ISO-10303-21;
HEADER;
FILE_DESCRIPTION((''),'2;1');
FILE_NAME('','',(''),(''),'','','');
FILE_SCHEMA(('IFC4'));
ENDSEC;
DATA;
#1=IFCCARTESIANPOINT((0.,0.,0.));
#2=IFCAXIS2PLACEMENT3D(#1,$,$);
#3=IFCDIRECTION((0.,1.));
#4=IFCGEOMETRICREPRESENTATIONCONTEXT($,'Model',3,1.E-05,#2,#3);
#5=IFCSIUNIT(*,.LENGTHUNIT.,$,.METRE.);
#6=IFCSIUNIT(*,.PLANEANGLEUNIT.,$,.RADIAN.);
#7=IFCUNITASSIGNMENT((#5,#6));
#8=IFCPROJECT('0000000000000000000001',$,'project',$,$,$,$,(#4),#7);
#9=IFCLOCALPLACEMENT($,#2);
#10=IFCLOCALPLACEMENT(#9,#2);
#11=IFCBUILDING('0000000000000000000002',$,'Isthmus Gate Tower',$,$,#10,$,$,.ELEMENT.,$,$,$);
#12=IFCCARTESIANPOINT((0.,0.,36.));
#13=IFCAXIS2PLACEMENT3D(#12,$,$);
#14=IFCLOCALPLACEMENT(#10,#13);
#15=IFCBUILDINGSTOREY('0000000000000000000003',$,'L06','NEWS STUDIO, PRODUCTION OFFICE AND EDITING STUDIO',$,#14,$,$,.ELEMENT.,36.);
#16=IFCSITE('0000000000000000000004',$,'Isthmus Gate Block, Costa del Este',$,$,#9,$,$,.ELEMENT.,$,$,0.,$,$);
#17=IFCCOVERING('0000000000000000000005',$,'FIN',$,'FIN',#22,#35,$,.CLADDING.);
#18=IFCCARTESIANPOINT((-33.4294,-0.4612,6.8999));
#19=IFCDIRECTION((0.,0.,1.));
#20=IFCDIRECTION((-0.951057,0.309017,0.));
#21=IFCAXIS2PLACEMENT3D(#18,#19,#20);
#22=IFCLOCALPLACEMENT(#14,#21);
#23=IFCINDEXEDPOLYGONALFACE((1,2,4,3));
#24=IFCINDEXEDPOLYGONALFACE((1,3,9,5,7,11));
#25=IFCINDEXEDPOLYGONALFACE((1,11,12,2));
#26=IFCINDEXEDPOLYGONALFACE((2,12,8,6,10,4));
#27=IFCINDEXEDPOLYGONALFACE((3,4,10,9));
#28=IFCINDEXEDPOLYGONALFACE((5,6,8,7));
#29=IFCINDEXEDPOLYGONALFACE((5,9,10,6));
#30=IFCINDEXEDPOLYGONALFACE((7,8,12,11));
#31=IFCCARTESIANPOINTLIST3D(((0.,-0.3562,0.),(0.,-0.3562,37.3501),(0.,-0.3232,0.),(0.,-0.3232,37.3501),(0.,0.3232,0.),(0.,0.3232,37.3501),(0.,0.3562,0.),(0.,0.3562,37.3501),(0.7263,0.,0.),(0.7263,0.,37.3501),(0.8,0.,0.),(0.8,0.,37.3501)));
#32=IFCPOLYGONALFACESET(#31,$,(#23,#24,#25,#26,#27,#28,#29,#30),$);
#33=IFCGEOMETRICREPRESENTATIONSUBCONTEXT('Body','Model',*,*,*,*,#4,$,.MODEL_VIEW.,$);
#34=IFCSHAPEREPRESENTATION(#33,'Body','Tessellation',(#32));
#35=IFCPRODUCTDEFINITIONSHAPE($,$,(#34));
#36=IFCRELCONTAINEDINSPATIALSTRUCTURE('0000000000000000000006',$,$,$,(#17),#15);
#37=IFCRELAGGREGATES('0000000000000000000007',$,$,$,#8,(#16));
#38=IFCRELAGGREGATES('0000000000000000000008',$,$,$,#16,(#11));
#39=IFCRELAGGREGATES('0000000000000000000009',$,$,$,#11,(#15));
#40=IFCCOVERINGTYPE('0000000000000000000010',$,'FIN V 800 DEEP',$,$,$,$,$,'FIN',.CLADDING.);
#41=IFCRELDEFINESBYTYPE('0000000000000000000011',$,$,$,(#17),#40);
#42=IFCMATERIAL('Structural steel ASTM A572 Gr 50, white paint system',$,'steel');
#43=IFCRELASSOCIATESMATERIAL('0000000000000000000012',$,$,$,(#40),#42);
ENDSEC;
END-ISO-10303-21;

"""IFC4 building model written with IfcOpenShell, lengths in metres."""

from ifc_helpers import new_model, si_unit, direction, frame, origin, place, context, subcontext, project, spatial, polyline, outline, extrude, material, material_profile, profile_set, type_object, element, save


model = new_model("IFC4")

# Units and contexts
model_context = context("Model", 3, precision=1e-05, world=origin(), true_north=direction((0.0, 1.0)))
body_context = subcontext(model_context, "Body", "Model", "MODEL_VIEW")
ifc_project = project(units=[si_unit("LENGTHUNIT", "METRE"), si_unit("PLANEANGLEUNIT", "RADIAN")], contexts=[model_context])

# Site, building, storey
site_placement = place(None, origin())
site = spatial("IfcSite", under=ifc_project, at=site_placement, Name="Isthmus Gate Block, Costa del Este", CompositionType="ELEMENT", RefElevation=0.0)
building_placement = place(site_placement, origin())
building = spatial("IfcBuilding", under=site, at=building_placement, Name="Isthmus Gate Tower", CompositionType="ELEMENT")
storey_placement = place(building_placement, frame((0.0, 0.0, 36.0)))
storey = spatial("IfcBuildingStorey", under=building, at=storey_placement, Name="L06", Description="NEWS STUDIO, PRODUCTION OFFICE AND EDITING STUDIO", CompositionType="ELEMENT", Elevation=36.0)

# Covering
ifc_material_1 = material(Name="Structural steel ASTM A572 Gr 50, white paint system", Category="steel")
ifc_material_profile_1 = material_profile(ifc_material_1, outline(polyline([(0.0, -0.3562), (0.8, 0.0), (0.0, 0.3562), (0.0, 0.3232), (0.7263, 0.0), (0.0, -0.3232), (0.0, -0.3562)])), Name="V800")
ifc_profile_set_1 = profile_set([ifc_material_profile_1], Name="Structural steel ASTM A572 Gr 50, white paint system")
covering_type = type_object("IfcCoveringType", Name="FIN V 800 DEEP", ElementType="FIN", PredefinedType="CLADDING", material=ifc_profile_set_1)
covering_placement = place(storey_placement, frame((-33.4294, -0.4612, 6.8999), z_axis=(0.0, 0.0, 1.0), x_axis=(-0.951057, 0.309017, 0.0)))
element("IfcCovering", 1, at=covering_placement, inside=storey, type_object=covering_type, Name="FIN", ObjectType="FIN", PredefinedType="CLADDING", context=body_context, shape_type="SweptSolid", body=[
    extrude(outline(polyline([(0.0, -0.3562), (0.8, 0.0), (0.0, 0.3562), (0.0, 0.3232), (0.7263, 0.0), (0.0, -0.3232), (0.0, -0.3562)])), origin(), (0.0, 0.0, 1.0), 37.3501),
])

save(model, "model.ifc")
